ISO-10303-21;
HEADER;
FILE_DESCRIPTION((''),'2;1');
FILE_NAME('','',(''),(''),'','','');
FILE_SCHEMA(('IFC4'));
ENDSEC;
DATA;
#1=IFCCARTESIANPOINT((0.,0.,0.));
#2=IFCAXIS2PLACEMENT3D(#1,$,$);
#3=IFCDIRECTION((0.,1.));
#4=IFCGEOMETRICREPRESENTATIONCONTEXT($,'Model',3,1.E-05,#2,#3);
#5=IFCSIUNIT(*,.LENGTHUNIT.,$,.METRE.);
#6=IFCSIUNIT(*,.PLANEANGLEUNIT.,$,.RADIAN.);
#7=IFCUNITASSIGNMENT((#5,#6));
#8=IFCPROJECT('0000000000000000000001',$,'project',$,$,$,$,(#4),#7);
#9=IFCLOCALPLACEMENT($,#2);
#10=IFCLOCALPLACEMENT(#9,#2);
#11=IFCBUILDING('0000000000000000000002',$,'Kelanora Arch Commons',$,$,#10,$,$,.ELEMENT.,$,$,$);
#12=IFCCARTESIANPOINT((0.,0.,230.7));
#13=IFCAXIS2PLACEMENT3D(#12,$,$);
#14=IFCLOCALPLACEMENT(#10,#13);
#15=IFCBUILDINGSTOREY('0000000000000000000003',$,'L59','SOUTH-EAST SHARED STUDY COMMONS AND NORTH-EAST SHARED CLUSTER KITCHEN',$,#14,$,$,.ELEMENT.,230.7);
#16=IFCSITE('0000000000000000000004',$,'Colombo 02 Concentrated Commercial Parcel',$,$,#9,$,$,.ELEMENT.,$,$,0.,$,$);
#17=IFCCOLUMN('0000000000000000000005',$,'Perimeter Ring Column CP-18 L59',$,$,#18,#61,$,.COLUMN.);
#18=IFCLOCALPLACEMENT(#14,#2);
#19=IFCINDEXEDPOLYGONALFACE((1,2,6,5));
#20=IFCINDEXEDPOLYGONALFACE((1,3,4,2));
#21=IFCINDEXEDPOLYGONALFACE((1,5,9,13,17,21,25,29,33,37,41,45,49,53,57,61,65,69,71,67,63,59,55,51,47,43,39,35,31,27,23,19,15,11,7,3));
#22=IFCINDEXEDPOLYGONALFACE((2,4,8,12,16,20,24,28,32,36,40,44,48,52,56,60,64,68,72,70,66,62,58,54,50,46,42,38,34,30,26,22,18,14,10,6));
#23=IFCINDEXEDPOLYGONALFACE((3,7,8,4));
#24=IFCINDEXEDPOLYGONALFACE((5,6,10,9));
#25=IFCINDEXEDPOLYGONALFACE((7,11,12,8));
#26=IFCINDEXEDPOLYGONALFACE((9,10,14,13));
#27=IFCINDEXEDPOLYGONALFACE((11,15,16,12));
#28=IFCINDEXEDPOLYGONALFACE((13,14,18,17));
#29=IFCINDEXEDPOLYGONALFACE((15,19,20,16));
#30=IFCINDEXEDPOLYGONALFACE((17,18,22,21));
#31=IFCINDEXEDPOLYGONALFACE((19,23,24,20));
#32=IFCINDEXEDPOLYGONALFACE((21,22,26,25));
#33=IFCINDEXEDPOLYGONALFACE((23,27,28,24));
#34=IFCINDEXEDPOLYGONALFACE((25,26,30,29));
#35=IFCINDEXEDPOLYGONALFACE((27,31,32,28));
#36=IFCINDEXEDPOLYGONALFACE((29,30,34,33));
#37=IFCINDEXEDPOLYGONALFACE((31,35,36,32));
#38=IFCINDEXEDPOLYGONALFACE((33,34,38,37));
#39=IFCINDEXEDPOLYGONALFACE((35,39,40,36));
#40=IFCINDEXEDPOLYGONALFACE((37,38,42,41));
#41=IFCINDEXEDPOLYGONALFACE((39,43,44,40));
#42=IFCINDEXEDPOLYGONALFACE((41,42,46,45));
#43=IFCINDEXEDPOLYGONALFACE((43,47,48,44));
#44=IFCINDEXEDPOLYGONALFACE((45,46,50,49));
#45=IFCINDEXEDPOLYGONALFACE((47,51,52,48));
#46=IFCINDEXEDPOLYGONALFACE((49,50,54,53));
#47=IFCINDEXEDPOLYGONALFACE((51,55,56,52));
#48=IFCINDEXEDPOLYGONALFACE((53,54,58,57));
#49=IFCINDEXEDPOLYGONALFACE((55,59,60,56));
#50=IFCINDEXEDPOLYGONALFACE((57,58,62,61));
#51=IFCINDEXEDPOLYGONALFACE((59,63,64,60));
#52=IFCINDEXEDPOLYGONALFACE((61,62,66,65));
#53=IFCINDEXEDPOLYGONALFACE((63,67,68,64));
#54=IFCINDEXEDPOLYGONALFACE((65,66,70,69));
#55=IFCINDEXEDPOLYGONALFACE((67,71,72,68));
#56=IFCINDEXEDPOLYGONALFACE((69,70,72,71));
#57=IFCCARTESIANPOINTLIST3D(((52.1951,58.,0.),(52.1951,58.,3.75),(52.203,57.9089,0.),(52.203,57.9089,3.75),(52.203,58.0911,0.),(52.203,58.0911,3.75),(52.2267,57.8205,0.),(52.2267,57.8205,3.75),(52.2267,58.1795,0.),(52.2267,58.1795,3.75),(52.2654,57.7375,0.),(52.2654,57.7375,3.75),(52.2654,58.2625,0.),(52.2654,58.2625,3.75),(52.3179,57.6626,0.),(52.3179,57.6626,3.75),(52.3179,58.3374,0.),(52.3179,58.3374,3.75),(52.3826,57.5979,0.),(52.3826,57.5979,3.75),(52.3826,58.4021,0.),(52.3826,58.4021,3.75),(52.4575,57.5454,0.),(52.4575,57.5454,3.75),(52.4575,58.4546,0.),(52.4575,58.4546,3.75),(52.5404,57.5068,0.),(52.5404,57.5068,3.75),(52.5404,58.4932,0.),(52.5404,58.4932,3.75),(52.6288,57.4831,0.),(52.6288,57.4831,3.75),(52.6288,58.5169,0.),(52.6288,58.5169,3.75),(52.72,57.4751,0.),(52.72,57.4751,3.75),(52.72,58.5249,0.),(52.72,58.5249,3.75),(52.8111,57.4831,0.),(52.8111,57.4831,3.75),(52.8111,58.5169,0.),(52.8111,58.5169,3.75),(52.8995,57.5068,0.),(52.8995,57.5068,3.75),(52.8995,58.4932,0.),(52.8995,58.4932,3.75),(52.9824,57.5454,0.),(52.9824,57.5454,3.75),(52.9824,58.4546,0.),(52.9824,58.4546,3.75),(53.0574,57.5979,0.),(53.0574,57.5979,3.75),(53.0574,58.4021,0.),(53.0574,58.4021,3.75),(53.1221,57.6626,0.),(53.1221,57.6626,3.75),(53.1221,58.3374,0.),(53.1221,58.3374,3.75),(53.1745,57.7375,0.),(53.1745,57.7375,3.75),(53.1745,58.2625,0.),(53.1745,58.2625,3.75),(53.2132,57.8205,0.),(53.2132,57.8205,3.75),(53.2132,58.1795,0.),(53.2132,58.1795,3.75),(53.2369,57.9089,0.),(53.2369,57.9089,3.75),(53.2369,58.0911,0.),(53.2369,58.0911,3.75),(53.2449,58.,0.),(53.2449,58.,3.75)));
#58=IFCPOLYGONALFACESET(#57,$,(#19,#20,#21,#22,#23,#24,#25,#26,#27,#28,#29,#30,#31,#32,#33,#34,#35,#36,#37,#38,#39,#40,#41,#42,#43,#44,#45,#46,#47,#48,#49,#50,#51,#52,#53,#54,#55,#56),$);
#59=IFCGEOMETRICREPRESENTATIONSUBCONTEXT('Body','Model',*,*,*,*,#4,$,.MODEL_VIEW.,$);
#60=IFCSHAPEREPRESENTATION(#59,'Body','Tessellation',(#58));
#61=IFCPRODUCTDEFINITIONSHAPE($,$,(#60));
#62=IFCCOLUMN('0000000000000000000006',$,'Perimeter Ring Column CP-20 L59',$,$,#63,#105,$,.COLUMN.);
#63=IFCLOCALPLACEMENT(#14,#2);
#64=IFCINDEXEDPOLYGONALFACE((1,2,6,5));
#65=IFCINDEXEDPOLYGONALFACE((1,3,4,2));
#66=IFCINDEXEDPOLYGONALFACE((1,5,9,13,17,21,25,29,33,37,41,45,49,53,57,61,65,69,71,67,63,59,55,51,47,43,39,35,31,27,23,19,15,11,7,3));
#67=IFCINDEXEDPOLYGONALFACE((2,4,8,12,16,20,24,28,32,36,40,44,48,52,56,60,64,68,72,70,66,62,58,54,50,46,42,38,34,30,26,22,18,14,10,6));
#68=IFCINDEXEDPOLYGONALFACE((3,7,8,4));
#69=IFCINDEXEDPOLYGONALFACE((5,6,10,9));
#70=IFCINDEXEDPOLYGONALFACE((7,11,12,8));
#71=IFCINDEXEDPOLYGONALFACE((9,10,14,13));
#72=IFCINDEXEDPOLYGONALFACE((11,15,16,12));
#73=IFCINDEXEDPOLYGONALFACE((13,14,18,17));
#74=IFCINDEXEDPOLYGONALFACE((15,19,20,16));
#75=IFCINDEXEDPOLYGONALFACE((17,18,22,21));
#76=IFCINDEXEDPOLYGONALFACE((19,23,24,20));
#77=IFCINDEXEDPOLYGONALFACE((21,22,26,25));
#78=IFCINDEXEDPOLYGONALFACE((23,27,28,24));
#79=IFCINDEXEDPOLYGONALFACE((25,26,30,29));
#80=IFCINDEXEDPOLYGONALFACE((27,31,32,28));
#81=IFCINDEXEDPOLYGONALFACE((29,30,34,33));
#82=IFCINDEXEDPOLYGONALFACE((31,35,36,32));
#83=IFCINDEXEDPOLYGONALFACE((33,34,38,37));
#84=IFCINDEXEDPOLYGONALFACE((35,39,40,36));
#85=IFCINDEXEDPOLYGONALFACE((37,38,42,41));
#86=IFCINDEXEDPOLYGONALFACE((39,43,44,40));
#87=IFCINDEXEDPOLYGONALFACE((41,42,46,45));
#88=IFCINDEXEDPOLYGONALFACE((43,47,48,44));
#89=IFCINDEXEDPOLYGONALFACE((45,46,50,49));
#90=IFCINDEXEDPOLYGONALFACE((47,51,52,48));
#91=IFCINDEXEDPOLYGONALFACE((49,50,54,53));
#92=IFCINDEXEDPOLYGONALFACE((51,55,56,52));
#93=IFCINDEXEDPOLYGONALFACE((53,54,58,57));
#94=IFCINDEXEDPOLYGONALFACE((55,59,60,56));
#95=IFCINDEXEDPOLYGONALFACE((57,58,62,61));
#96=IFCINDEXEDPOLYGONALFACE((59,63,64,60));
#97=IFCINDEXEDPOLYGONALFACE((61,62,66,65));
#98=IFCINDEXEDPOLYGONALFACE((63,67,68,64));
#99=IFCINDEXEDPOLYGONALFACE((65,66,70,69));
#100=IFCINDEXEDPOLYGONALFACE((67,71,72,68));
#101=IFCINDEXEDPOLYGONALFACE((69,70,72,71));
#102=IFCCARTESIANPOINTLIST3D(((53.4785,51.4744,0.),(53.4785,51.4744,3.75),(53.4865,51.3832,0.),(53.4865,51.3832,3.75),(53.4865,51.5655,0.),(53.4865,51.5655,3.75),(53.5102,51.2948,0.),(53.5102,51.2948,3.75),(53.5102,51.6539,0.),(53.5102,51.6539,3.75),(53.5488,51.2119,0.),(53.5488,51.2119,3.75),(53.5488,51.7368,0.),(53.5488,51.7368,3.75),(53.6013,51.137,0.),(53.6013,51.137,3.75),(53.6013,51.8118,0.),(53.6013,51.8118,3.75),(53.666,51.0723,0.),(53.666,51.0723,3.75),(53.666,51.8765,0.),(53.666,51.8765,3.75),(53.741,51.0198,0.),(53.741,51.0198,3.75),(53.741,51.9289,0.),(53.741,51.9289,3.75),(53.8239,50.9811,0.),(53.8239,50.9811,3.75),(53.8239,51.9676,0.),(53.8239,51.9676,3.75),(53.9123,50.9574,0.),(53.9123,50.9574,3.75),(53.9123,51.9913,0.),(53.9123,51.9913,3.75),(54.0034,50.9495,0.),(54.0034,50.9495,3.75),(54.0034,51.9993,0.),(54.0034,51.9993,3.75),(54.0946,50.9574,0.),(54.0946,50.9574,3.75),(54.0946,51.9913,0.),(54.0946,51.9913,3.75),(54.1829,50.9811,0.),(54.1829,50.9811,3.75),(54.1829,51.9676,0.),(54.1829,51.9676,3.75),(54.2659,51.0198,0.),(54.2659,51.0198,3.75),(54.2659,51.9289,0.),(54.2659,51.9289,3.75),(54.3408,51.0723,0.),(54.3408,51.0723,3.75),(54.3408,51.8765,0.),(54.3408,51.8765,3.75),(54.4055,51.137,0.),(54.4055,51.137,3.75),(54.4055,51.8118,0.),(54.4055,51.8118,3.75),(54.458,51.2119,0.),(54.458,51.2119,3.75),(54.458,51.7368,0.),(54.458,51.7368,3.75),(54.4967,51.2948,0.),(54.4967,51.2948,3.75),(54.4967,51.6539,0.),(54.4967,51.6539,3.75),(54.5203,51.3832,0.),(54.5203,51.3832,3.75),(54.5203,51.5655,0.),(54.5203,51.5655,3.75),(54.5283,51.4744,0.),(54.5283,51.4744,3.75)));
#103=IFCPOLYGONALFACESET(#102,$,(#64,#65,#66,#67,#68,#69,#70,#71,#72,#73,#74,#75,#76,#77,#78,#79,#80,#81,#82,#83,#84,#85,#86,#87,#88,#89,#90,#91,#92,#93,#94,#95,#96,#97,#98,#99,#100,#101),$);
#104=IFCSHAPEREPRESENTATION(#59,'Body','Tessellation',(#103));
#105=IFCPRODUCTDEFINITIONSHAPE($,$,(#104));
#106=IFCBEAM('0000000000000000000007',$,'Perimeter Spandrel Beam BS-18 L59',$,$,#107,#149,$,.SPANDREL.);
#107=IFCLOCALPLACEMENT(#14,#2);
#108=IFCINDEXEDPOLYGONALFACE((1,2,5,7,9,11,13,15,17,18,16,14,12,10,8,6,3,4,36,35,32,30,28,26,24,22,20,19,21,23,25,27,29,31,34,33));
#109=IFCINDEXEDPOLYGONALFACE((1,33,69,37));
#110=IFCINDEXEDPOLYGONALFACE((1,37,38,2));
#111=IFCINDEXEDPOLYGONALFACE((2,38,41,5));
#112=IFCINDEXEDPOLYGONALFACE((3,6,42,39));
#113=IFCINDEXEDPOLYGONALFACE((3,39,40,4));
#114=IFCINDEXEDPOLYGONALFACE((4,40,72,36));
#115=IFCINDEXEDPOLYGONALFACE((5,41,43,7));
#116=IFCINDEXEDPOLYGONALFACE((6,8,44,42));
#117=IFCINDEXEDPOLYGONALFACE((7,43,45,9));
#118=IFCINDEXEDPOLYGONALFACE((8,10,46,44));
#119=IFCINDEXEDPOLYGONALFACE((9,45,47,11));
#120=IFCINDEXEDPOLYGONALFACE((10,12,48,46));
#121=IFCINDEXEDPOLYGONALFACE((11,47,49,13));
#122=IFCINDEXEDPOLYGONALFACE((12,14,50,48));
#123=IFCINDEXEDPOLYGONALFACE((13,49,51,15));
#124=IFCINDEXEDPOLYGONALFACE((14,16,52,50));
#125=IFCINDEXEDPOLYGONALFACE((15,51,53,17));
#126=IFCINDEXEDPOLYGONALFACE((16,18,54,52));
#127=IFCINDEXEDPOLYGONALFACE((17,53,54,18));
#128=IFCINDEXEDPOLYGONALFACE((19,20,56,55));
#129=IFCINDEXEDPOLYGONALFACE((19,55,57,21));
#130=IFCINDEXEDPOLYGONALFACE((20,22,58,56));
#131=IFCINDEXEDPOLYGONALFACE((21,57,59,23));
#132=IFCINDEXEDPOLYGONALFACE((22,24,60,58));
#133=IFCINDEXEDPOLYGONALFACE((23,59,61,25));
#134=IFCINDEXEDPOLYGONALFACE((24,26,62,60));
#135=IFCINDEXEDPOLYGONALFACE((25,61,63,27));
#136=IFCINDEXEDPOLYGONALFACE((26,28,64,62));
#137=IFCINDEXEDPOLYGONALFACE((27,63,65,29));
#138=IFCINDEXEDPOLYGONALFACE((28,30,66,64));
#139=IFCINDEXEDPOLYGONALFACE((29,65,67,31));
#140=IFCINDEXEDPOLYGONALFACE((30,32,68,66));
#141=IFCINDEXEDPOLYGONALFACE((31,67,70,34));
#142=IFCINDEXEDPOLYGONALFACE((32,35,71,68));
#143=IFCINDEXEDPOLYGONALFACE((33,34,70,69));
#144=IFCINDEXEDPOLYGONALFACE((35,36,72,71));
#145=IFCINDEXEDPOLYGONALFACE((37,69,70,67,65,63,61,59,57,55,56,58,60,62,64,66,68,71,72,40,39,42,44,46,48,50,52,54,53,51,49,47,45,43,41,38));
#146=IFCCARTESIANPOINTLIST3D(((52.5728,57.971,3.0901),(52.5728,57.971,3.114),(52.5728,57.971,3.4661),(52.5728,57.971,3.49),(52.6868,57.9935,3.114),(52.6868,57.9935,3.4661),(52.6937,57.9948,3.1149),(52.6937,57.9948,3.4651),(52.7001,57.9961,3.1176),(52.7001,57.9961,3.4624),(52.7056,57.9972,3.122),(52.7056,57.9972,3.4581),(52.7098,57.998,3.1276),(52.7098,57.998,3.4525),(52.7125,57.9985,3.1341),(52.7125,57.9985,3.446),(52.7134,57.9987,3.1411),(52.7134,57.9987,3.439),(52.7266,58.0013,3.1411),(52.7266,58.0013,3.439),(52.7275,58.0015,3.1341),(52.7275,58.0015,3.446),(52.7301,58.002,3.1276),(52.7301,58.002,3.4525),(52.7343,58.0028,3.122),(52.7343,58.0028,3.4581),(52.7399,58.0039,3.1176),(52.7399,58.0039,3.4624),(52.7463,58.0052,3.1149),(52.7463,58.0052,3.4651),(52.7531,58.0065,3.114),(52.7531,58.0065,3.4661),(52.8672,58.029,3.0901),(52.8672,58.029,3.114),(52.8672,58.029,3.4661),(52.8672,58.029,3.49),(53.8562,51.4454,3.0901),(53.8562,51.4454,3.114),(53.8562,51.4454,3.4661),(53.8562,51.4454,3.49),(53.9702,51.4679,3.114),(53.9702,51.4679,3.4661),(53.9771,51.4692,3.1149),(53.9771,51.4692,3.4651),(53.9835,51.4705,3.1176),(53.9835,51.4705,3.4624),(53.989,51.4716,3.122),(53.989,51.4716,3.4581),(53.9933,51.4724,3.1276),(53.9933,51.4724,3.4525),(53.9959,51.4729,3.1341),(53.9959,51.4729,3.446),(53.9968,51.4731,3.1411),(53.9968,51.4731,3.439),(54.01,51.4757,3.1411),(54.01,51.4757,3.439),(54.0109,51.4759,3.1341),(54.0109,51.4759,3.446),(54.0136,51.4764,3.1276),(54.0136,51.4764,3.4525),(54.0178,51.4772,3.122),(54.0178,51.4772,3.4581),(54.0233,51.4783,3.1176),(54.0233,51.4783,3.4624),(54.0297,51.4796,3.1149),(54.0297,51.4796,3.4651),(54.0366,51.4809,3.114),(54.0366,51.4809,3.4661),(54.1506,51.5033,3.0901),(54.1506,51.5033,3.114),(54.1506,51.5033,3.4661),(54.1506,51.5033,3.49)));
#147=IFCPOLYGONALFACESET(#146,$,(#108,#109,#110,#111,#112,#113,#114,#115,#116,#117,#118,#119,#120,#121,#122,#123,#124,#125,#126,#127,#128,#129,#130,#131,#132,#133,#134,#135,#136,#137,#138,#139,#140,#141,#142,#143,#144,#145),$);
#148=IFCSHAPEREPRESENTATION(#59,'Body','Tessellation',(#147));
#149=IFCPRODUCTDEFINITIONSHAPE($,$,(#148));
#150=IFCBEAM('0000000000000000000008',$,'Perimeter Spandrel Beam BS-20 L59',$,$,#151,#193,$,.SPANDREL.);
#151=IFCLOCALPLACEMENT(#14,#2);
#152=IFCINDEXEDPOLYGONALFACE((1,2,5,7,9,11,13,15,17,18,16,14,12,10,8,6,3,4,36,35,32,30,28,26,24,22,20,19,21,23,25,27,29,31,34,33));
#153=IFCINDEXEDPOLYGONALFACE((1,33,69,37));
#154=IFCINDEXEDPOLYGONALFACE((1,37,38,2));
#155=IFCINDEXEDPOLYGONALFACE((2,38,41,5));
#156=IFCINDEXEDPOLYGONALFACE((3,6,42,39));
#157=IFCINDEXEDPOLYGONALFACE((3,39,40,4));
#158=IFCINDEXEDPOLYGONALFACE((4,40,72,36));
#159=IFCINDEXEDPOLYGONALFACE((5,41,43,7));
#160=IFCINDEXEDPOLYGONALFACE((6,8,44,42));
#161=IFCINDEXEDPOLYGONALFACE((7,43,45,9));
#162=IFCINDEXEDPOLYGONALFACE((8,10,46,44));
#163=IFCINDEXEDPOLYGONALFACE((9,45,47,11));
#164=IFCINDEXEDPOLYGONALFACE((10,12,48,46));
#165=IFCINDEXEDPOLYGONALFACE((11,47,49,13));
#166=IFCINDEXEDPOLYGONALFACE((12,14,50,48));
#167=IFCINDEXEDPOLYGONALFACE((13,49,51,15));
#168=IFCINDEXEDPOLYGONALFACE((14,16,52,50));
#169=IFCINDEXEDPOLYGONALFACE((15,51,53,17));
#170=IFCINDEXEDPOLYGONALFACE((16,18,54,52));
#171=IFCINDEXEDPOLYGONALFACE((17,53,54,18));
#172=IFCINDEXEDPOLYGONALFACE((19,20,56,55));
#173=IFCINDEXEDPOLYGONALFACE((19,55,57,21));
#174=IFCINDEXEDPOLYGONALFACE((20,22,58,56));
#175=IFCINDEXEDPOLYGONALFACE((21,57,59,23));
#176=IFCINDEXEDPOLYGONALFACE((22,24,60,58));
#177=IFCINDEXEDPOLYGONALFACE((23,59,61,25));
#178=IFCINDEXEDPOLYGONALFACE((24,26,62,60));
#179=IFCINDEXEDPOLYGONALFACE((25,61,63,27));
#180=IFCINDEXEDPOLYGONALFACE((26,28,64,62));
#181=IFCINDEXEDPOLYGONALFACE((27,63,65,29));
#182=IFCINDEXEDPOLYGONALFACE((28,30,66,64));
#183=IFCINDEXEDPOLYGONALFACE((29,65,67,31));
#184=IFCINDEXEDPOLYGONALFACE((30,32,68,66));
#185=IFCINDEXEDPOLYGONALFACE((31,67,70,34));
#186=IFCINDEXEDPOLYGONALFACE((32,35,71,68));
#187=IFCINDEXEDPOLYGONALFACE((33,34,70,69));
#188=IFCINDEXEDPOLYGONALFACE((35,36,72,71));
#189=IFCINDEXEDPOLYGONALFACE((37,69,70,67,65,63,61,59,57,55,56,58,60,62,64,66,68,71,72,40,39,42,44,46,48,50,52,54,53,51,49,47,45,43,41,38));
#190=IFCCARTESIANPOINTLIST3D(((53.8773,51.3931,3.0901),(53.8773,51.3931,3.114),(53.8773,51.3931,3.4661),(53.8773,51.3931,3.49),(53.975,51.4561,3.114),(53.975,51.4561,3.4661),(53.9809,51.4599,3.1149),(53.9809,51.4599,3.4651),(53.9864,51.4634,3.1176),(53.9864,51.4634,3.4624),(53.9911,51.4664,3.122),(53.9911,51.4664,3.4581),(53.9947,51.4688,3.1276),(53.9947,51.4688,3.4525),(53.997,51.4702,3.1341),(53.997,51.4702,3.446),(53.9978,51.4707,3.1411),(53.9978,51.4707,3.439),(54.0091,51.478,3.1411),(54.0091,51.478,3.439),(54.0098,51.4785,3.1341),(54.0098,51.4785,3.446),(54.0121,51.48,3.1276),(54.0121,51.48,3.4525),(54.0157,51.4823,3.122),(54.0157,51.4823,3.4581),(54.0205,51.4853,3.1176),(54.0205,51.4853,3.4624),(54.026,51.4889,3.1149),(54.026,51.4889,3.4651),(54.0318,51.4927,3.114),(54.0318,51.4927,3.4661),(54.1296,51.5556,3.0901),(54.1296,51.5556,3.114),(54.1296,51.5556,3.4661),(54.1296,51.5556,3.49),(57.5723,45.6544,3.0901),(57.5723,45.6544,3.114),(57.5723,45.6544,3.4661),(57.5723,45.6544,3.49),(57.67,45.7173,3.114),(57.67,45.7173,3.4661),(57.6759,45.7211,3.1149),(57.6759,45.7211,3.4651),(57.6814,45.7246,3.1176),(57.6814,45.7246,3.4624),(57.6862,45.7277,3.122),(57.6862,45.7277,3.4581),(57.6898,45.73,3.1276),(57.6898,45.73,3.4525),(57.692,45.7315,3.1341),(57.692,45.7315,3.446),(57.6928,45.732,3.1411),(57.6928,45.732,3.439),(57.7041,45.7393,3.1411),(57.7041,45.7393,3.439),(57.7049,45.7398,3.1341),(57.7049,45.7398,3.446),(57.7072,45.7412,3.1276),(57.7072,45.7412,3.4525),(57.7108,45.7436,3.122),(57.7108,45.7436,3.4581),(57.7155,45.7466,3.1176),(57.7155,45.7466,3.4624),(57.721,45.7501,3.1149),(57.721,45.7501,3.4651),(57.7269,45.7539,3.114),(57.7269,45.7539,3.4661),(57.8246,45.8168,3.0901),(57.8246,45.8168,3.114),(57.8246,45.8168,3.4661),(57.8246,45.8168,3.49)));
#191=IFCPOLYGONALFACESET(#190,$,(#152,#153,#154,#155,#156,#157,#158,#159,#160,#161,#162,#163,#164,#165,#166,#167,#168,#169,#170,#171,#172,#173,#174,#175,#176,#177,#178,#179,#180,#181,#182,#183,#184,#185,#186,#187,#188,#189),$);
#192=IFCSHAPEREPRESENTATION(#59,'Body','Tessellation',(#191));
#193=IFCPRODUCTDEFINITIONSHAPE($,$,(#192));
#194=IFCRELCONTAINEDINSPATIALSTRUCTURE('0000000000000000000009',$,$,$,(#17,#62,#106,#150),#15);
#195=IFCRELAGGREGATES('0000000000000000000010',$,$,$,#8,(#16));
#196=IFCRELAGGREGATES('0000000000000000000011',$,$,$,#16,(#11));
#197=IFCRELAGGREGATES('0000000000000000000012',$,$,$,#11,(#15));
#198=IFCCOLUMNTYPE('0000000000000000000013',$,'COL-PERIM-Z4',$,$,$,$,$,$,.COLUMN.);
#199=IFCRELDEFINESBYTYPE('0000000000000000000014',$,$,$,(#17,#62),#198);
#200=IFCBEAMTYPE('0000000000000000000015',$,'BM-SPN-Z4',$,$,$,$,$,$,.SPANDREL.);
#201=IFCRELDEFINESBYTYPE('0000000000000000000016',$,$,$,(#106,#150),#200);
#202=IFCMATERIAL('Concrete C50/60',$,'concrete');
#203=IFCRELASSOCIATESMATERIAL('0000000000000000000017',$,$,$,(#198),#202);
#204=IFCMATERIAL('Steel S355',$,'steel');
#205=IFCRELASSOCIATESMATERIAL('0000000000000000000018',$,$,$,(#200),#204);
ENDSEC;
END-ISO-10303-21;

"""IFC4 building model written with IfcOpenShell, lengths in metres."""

from ifc_helpers import new_model, si_unit, direction, frame, origin, origin_2d, place, context, subcontext, project, spatial, circle, i_section, extrude, material, material_profile, profile_set, type_object, element, save


model = new_model("IFC4")

# Units and contexts
model_context = context("Model", 3, precision=1e-05, world=origin(), true_north=direction((0.0, 1.0)))
body_context = subcontext(model_context, "Body", "Model", "MODEL_VIEW")
ifc_project = project(units=[si_unit("LENGTHUNIT", "METRE"), si_unit("PLANEANGLEUNIT", "RADIAN")], contexts=[model_context])

# Site, building, storey
site_placement = place(None, origin())
site = spatial("IfcSite", under=ifc_project, at=site_placement, Name="Colombo 02 Concentrated Commercial Parcel", CompositionType="ELEMENT", RefElevation=0.0)
building_placement = place(site_placement, origin())
building = spatial("IfcBuilding", under=site, at=building_placement, Name="Kelanora Arch Commons", CompositionType="ELEMENT")
storey_placement = place(building_placement, frame((0.0, 0.0, 230.7)))
storey = spatial("IfcBuildingStorey", under=building, at=storey_placement, Name="L59", Description="SOUTH-EAST SHARED STUDY COMMONS AND NORTH-EAST SHARED CLUSTER KITCHEN", CompositionType="ELEMENT", Elevation=230.7)

# Columns
ifc_material_1 = material(Name="Concrete C50/60", Category="concrete")
ifc_material_profile_1 = material_profile(ifc_material_1, circle(Radius=0.5249, at=origin_2d()), Name="RCC1050")
ifc_profile_set_1 = profile_set([ifc_material_profile_1], Name="Concrete C50/60")
column_type = type_object("IfcColumnType", Name="COL-PERIM-Z4", PredefinedType="COLUMN", material=ifc_profile_set_1)
for number, where, z_axis, x_axis, name in (
    (1, (52.72, 58.0, 0.0), (0.0, 0.0, 1.0), (1.0, 0.0, 0.0), "Perimeter Ring Column CP-18 L59"),
    (2, (54.0034, 51.4744, 0.0), (0.0, 0.0, 1.0), (1.0, 0.0, 0.0), "Perimeter Ring Column CP-20 L59"),
):
    element("IfcColumn", number, at=place(storey_placement, frame(where, z_axis=z_axis, x_axis=x_axis)), inside=storey, type_object=column_type, Name=name, PredefinedType="COLUMN", context=body_context, shape_type="SweptSolid", body=[
        extrude(circle(Radius=0.5249, at=origin_2d()), origin(), (0.0, 0.0, 1.0), 3.75),
    ])

# Beams
ifc_material_2 = material(Name="Steel S355", Category="steel")
ifc_material_profile_2 = material_profile(ifc_material_2, i_section(OverallWidth=0.3, OverallDepth=0.3999, WebThickness=0.0134, FlangeThickness=0.0239, FilletRadius=0.0271, at=origin_2d()), Name="HEB400")
ifc_profile_set_2 = profile_set([ifc_material_profile_2], Name="Steel S355")
beam_type = type_object("IfcBeamType", Name="BM-SPN-Z4", PredefinedType="SPANDREL", material=ifc_profile_set_2)
beam_1_placement = place(storey_placement, frame((52.72, 58.0, 3.29), z_axis=(0.192981, -0.981203, 0.0), x_axis=(0.981203, 0.192981, 0.0)))
element("IfcBeam", 3, at=beam_1_placement, inside=storey, type_object=beam_type, Name="Perimeter Spandrel Beam BS-18 L59", PredefinedType="SPANDREL", context=body_context, shape_type="SweptSolid", body=[
    extrude(i_section(OverallWidth=0.3, OverallDepth=0.3999, WebThickness=0.0134, FlangeThickness=0.0239, FilletRadius=0.0271, at=origin_2d()), origin(), (0.0, 0.0, 1.0), 6.6506),
])
beam_2_placement = place(storey_placement, frame((54.0034, 51.4744, 3.29), z_axis=(0.541365, -0.840788, 0.0), x_axis=(0.840788, 0.541365, 0.0)))
element("IfcBeam", 4, at=beam_2_placement, inside=storey, type_object=beam_type, Name="Perimeter Spandrel Beam BS-20 L59", PredefinedType="SPANDREL", context=body_context, shape_type="SweptSolid", body=[
    extrude(i_section(OverallWidth=0.3, OverallDepth=0.3999, WebThickness=0.0134, FlangeThickness=0.0239, FilletRadius=0.0271, at=origin_2d()), origin(), (0.0, 0.0, 1.0), 6.8254),
])

save(model, "model.ifc")
